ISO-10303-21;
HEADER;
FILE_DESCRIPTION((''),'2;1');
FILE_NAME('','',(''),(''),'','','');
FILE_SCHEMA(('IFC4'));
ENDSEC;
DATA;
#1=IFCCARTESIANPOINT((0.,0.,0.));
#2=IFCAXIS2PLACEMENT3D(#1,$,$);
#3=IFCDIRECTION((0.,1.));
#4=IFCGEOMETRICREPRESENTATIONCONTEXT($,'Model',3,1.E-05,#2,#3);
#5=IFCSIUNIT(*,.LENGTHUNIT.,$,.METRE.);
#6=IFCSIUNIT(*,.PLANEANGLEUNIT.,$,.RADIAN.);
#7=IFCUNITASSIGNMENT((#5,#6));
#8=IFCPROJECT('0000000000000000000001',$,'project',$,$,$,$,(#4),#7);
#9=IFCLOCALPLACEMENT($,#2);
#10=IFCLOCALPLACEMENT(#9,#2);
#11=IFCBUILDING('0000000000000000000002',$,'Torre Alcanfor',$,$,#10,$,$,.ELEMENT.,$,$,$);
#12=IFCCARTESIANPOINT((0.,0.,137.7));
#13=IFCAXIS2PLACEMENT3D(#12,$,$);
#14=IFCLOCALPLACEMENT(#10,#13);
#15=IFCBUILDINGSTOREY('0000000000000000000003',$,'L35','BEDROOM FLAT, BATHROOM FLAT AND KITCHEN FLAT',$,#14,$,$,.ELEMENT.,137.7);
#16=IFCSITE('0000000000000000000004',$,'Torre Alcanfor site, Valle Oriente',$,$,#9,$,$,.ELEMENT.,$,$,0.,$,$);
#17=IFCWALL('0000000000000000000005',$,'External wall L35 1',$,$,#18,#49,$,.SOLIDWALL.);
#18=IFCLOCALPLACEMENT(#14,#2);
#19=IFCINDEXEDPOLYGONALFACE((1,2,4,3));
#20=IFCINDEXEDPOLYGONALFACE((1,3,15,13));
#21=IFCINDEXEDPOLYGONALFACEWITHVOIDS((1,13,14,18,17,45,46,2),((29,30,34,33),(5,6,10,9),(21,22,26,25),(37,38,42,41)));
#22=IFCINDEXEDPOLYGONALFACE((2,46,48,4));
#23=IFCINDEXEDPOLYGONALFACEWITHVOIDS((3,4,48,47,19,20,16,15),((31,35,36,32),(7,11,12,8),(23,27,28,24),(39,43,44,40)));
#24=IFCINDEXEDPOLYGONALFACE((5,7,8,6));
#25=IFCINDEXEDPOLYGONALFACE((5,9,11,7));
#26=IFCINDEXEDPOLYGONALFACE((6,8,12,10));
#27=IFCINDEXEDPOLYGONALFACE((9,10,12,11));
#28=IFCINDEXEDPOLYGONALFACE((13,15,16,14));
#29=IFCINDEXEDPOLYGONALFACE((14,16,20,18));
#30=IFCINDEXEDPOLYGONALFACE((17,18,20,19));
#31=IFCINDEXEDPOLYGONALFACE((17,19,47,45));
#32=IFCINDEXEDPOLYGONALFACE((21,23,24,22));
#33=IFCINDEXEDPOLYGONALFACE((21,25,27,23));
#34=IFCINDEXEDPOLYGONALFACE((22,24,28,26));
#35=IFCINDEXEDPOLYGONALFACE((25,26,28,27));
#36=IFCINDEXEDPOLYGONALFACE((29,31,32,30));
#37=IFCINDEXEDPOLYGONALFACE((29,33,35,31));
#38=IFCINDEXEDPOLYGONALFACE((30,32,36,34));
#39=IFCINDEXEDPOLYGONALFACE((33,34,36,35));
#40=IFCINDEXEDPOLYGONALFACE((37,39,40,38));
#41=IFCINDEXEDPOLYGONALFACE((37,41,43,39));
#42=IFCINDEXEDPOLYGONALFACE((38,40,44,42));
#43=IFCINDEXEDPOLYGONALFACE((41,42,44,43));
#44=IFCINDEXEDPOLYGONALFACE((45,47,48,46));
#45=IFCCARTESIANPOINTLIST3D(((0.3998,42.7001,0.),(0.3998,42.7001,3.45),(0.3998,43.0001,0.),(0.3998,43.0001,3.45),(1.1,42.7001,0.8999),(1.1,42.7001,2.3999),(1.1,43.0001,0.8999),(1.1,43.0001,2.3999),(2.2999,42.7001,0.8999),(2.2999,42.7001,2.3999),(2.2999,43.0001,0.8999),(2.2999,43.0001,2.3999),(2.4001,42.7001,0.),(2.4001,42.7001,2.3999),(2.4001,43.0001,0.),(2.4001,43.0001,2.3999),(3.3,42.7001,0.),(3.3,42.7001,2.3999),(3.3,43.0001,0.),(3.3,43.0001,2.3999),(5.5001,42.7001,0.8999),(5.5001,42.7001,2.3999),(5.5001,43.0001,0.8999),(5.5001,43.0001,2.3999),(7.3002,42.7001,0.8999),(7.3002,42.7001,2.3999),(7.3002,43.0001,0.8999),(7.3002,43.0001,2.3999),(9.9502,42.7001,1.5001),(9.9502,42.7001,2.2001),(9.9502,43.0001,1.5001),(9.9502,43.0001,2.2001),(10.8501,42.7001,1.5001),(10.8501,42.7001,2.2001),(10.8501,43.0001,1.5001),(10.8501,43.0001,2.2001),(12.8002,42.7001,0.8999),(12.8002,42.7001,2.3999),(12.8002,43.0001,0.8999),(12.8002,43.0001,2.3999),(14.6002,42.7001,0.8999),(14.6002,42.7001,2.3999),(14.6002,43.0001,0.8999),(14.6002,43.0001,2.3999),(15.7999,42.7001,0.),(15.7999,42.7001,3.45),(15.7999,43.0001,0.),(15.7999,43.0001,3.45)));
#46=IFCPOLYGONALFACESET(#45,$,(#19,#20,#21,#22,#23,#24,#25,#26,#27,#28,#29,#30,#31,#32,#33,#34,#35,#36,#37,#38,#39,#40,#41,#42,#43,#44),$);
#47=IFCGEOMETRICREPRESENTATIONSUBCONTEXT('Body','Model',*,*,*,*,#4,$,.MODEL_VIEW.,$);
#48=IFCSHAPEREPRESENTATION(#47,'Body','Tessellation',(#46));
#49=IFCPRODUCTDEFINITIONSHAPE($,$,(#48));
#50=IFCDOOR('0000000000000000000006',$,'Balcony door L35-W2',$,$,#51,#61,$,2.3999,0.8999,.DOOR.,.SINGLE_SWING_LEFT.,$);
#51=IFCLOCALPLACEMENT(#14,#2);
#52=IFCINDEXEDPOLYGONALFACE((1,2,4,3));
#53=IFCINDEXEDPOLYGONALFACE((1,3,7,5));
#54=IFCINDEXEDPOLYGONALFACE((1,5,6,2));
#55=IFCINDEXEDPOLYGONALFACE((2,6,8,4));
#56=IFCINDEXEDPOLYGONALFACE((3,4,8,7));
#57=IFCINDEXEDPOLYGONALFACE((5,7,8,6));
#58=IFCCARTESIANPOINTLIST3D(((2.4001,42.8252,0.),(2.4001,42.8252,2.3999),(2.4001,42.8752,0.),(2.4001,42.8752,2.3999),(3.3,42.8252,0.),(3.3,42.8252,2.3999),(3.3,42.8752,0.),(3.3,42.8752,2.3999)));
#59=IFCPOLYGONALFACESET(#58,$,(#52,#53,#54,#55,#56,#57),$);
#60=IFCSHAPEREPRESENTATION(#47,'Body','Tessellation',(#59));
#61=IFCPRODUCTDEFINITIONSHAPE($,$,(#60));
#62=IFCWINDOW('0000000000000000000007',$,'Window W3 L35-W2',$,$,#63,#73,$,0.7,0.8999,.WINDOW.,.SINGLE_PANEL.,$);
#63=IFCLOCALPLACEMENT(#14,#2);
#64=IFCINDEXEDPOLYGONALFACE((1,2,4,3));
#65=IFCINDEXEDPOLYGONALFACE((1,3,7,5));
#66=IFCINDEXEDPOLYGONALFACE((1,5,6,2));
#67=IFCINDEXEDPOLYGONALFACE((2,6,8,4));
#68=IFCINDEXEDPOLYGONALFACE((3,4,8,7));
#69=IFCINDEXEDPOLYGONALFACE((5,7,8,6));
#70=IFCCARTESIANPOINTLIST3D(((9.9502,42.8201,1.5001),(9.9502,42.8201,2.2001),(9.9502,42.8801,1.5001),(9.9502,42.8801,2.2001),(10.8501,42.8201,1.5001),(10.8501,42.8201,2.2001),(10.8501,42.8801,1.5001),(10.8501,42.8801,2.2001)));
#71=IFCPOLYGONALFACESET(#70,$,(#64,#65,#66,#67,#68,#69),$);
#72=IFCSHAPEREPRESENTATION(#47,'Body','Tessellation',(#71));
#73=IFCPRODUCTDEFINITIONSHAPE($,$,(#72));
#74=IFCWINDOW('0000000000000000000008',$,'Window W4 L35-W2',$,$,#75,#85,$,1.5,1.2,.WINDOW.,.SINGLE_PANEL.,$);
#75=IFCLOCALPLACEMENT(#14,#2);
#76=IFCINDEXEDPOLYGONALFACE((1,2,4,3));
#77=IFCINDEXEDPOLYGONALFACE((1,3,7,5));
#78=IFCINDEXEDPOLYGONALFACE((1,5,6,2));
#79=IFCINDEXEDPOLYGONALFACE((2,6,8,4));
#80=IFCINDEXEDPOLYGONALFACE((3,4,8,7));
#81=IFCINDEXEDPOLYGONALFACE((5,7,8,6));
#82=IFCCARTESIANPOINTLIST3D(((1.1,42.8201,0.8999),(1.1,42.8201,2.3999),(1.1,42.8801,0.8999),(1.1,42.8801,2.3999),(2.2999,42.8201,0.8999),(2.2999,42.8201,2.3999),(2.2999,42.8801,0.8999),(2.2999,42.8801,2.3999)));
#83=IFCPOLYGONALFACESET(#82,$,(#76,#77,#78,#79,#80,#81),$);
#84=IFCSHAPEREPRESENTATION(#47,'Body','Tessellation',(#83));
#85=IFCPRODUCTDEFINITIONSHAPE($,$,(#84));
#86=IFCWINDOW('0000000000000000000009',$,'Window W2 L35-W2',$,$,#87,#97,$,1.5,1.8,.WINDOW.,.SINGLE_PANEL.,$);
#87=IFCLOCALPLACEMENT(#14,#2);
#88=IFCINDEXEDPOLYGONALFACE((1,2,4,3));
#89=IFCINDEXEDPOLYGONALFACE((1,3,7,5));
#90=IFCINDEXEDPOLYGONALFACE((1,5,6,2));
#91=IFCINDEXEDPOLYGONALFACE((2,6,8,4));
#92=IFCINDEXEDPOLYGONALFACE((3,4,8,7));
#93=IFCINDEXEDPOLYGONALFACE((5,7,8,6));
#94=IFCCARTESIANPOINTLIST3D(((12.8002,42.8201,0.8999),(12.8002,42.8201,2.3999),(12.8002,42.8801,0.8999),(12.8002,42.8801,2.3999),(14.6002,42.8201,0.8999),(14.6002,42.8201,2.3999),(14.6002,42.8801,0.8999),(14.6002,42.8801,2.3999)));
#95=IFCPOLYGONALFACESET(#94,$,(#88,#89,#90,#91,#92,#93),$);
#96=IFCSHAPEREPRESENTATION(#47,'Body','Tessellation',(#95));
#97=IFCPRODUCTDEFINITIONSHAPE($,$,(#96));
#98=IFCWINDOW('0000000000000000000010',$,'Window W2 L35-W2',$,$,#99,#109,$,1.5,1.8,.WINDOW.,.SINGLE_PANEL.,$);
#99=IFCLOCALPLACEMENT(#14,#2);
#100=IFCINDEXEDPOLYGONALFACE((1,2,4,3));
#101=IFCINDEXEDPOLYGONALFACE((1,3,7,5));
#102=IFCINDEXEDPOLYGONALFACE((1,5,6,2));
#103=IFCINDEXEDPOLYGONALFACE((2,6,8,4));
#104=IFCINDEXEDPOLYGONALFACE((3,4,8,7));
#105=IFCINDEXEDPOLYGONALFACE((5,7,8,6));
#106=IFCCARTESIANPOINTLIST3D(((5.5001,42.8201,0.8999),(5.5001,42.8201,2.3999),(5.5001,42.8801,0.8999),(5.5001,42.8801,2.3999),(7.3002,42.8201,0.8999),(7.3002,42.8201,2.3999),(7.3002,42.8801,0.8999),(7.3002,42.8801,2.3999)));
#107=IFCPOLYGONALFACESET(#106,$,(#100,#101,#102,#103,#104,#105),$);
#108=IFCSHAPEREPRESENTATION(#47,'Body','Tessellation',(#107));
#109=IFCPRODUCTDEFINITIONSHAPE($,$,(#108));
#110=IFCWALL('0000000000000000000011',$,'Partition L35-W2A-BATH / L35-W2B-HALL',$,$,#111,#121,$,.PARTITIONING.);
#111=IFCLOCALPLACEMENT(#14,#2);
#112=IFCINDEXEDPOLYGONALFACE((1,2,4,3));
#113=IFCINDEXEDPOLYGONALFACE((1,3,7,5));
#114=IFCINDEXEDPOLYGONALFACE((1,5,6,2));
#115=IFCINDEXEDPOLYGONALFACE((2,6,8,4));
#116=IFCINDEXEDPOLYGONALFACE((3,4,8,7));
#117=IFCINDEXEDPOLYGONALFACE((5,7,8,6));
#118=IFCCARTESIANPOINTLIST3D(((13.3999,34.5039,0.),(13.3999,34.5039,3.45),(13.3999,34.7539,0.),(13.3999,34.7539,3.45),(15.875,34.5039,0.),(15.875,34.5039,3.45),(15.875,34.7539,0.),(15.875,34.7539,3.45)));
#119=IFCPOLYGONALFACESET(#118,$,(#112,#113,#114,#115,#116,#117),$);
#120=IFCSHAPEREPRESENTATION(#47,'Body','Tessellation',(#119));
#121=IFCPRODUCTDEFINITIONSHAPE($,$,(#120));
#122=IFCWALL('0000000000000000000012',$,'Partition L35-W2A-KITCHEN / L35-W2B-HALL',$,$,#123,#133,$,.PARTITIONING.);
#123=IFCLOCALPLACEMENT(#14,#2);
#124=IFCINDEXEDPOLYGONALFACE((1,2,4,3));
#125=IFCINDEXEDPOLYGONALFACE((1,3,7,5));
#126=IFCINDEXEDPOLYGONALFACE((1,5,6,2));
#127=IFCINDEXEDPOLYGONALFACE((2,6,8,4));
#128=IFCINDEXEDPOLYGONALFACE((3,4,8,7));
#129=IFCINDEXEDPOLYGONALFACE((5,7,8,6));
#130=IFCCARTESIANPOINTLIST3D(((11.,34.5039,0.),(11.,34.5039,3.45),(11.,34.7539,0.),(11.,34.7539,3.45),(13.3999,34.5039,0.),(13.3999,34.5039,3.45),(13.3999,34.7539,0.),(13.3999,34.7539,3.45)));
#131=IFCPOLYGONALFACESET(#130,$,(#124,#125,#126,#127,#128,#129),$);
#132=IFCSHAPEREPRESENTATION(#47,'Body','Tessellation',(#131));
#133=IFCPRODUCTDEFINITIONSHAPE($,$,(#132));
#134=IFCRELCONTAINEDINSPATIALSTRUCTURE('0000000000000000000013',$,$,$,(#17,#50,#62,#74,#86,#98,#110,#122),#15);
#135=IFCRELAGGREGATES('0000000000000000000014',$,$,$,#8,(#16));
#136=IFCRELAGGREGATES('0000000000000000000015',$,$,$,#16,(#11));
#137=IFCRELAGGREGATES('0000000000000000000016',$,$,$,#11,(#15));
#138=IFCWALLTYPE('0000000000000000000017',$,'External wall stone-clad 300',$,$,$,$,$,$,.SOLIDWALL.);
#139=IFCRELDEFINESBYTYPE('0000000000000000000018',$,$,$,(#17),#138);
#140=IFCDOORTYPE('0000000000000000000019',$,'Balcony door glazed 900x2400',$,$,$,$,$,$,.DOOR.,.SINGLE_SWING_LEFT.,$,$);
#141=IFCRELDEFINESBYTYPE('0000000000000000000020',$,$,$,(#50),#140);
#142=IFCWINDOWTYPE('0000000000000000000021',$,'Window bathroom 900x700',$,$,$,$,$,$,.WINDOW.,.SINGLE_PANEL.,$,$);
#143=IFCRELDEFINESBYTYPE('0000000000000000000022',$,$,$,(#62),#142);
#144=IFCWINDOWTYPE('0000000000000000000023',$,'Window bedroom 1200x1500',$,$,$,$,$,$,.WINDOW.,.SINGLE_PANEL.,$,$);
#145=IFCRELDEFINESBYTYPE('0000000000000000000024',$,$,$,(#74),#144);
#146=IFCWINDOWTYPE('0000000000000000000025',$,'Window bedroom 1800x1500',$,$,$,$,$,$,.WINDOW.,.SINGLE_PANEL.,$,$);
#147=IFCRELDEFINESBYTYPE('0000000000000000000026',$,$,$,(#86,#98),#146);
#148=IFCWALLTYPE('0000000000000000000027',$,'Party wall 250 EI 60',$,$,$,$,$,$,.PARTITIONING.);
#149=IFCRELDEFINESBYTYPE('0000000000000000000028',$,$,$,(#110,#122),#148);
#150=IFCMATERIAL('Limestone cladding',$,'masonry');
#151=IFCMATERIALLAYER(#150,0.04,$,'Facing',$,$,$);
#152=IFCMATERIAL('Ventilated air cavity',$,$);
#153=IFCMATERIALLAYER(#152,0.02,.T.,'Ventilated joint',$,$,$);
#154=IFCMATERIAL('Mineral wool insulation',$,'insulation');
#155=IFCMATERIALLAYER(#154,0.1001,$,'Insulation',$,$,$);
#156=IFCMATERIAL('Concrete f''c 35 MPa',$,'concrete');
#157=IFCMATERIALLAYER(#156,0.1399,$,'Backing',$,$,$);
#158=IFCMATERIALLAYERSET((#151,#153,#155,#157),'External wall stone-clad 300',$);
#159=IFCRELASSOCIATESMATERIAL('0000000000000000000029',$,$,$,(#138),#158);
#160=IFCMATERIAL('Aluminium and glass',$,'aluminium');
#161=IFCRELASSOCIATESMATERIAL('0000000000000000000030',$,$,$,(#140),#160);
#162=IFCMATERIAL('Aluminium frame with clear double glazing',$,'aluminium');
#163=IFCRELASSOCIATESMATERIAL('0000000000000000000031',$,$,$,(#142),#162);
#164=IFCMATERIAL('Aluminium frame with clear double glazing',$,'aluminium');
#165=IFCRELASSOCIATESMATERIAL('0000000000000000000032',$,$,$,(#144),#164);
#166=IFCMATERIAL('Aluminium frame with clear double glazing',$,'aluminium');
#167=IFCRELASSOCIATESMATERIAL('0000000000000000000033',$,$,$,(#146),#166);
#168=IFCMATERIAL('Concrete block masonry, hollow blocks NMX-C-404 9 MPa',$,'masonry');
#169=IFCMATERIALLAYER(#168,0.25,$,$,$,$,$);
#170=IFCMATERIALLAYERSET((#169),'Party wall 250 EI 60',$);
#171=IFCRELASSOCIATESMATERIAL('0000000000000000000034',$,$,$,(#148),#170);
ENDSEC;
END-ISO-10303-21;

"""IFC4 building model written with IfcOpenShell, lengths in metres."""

from ifc_helpers import new_model, si_unit, direction, frame, frame_2d, origin, place, context, subcontext, project, spatial, rectangle, extrude, material, layer, layer_set, type_object, element, fill, save


model = new_model("IFC4")

# Units and contexts
model_context = context("Model", 3, precision=1e-05, world=origin(), true_north=direction((0.0, 1.0)))
body_context = subcontext(model_context, "Body", "Model", "MODEL_VIEW")
ifc_project = project(units=[si_unit("LENGTHUNIT", "METRE"), si_unit("PLANEANGLEUNIT", "RADIAN")], contexts=[model_context])

# Site, building, storey
site_placement = place(None, origin())
site = spatial("IfcSite", under=ifc_project, at=site_placement, Name="Torre Alcanfor site, Valle Oriente", CompositionType="ELEMENT", RefElevation=0.0)
building_placement = place(site_placement, origin())
building = spatial("IfcBuilding", under=site, at=building_placement, Name="Torre Alcanfor", CompositionType="ELEMENT")
storey_placement = place(building_placement, frame((0.0, 0.0, 137.7)))
storey = spatial("IfcBuildingStorey", under=building, at=storey_placement, Name="L35", Description="BEDROOM FLAT, BATHROOM FLAT AND KITCHEN FLAT", CompositionType="ELEMENT", Elevation=137.7)

# Wall, openings, door, windows
ifc_material_1 = material(Name="Limestone cladding", Category="masonry")
ifc_layer_1 = layer(ifc_material_1, 0.04, Name="Facing")
ifc_material_2 = material(Name="Ventilated air cavity")
ifc_layer_2 = layer(ifc_material_2, 0.02, ventilated=True, Name="Ventilated joint")
ifc_material_3 = material(Name="Mineral wool insulation", Category="insulation")
ifc_layer_3 = layer(ifc_material_3, 0.1001, Name="Insulation")
ifc_material_4 = material(Name="Concrete f'c 35 MPa", Category="concrete")
ifc_layer_4 = layer(ifc_material_4, 0.1399, Name="Backing")
ifc_layer_set_1 = layer_set([ifc_layer_1, ifc_layer_2, ifc_layer_3, ifc_layer_4], Name="External wall stone-clad 300")
wall_type_1 = type_object("IfcWallType", Name="External wall stone-clad 300", PredefinedType="SOLIDWALL", material=ifc_layer_set_1)
wall_1_placement = place(storey_placement, frame((15.8, 42.8501, 0.0), z_axis=(0.0, 0.0, 1.0), x_axis=(-1.0, 0.0, 0.0)))
wall_1 = element("IfcWall", 1, at=wall_1_placement, inside=storey, type_object=wall_type_1, Name="External wall L35 1", PredefinedType="SOLIDWALL", context=body_context, shape_type="SweptSolid", body=[
    extrude(rectangle(XDim=15.4001, YDim=0.3, at=frame_2d((7.7002, 0.0))), origin(), (0.0, 0.0, 1.0), 3.45),
])
opening_1_placement = place(wall_1_placement, frame((1.2, 0.0, 0.8999)))
opening_1 = element("IfcOpeningElement", 2, at=opening_1_placement, cuts=wall_1, PredefinedType="OPENING", context=body_context, shape_type="SweptSolid", body=[
    extrude(rectangle(XDim=1.8, YDim=1.5, at=frame_2d((0.8999, 0.75))), frame((0.0, 0.1599, 0.0), z_axis=(0.0, -1.0, 0.0), x_axis=(1.0, 0.0, 0.0)), (0.0, 0.0, 1.0), 0.3201),
])
opening_2_placement = place(wall_1_placement, frame((4.95, 0.0, 1.5)))
opening_2 = element("IfcOpeningElement", 3, at=opening_2_placement, cuts=wall_1, PredefinedType="OPENING", context=body_context, shape_type="SweptSolid", body=[
    extrude(rectangle(XDim=0.8999, YDim=0.7, at=frame_2d((0.45, 0.3501))), frame((0.0, 0.1599, 0.0), z_axis=(0.0, -1.0, 0.0), x_axis=(1.0, 0.0, 0.0)), (0.0, 0.0, 1.0), 0.3201),
])
opening_3_placement = place(wall_1_placement, frame((8.5, 0.0, 0.8999)))
opening_3 = element("IfcOpeningElement", 4, at=opening_3_placement, cuts=wall_1, PredefinedType="OPENING", context=body_context, shape_type="SweptSolid", body=[
    extrude(rectangle(XDim=1.8, YDim=1.5, at=frame_2d((0.8999, 0.75))), frame((0.0, 0.1599, 0.0), z_axis=(0.0, -1.0, 0.0), x_axis=(1.0, 0.0, 0.0)), (0.0, 0.0, 1.0), 0.3201),
])
opening_4_placement = place(wall_1_placement, frame((12.5, 0.0, 0.0)))
opening_4 = element("IfcOpeningElement", 5, at=opening_4_placement, cuts=wall_1, PredefinedType="OPENING", context=body_context, shape_type="SweptSolid", body=[
    extrude(rectangle(XDim=0.8999, YDim=2.3999, at=frame_2d((0.45, 1.2))), frame((0.0, 0.1599, 0.0), z_axis=(0.0, -1.0, 0.0), x_axis=(1.0, 0.0, 0.0)), (0.0, 0.0, 1.0), 0.3201),
])
opening_5_placement = place(wall_1_placement, frame((13.5, 0.0, 0.8999)))
opening_5 = element("IfcOpeningElement", 6, at=opening_5_placement, cuts=wall_1, PredefinedType="OPENING", context=body_context, shape_type="SweptSolid", body=[
    extrude(rectangle(XDim=1.2, YDim=1.5, at=frame_2d((0.6001, 0.75))), frame((0.0, 0.1599, 0.0), z_axis=(0.0, -1.0, 0.0), x_axis=(1.0, 0.0, 0.0)), (0.0, 0.0, 1.0), 0.3201),
])
ifc_material_5 = material(Name="Aluminium and glass", Category="aluminium")
door_type_1 = type_object("IfcDoorType", Name="Balcony door glazed 900x2400", OperationType="SINGLE_SWING_LEFT", PredefinedType="DOOR", material=ifc_material_5)
door_1_placement = place(opening_4_placement, origin())
door_1 = element("IfcDoor", 7, at=door_1_placement, inside=storey, type_object=door_type_1, Name="Balcony door L35-W2", OperationType="SINGLE_SWING_LEFT", OverallHeight=2.3999, OverallWidth=0.8999, PredefinedType="DOOR", context=body_context, shape_type="SweptSolid", body=[
    extrude(rectangle(XDim=0.8999, YDim=2.3999, at=frame_2d((0.45, 1.2))), frame((0.0, 0.0249, 0.0), z_axis=(0.0, -1.0, 0.0), x_axis=(1.0, 0.0, 0.0)), (0.0, 0.0, 1.0), 0.05),
])
fill(opening_4, door_1)
ifc_material_6 = material(Name="Aluminium frame with clear double glazing", Category="aluminium")
window_type_1 = type_object("IfcWindowType", Name="Window bathroom 900x700", PartitioningType="SINGLE_PANEL", PredefinedType="WINDOW", material=ifc_material_6)
window_1_placement = place(opening_2_placement, origin())
window_1 = element("IfcWindow", 8, at=window_1_placement, inside=storey, type_object=window_type_1, Name="Window W3 L35-W2", OverallHeight=0.7, OverallWidth=0.8999, PartitioningType="SINGLE_PANEL", PredefinedType="WINDOW", context=body_context, shape_type="SweptSolid", body=[
    extrude(rectangle(XDim=0.8999, YDim=0.7, at=frame_2d((0.45, 0.3501))), frame((0.0, 0.03, 0.0), z_axis=(0.0, -1.0, 0.0), x_axis=(1.0, 0.0, 0.0)), (0.0, 0.0, 1.0), 0.0601),
])
fill(opening_2, window_1)
ifc_material_7 = material(Name="Aluminium frame with clear double glazing", Category="aluminium")
window_type_2 = type_object("IfcWindowType", Name="Window bedroom 1200x1500", PartitioningType="SINGLE_PANEL", PredefinedType="WINDOW", material=ifc_material_7)
window_2_placement = place(opening_5_placement, origin())
window_2 = element("IfcWindow", 9, at=window_2_placement, inside=storey, type_object=window_type_2, Name="Window W4 L35-W2", OverallHeight=1.5, OverallWidth=1.2, PartitioningType="SINGLE_PANEL", PredefinedType="WINDOW", context=body_context, shape_type="SweptSolid", body=[
    extrude(rectangle(XDim=1.2, YDim=1.5, at=frame_2d((0.6001, 0.75))), frame((0.0, 0.03, 0.0), z_axis=(0.0, -1.0, 0.0), x_axis=(1.0, 0.0, 0.0)), (0.0, 0.0, 1.0), 0.0601),
])
fill(opening_5, window_2)
ifc_material_8 = material(Name="Aluminium frame with clear double glazing", Category="aluminium")
window_type_3 = type_object("IfcWindowType", Name="Window bedroom 1800x1500", PartitioningType="SINGLE_PANEL", PredefinedType="WINDOW", material=ifc_material_8)
window_3_placement = place(opening_1_placement, origin())
window_3 = element("IfcWindow", 10, at=window_3_placement, inside=storey, type_object=window_type_3, Name="Window W2 L35-W2", OverallHeight=1.5, OverallWidth=1.8, PartitioningType="SINGLE_PANEL", PredefinedType="WINDOW", context=body_context, shape_type="SweptSolid", body=[
    extrude(rectangle(XDim=1.8, YDim=1.5, at=frame_2d((0.8999, 0.75))), frame((0.0, 0.03, 0.0), z_axis=(0.0, -1.0, 0.0), x_axis=(1.0, 0.0, 0.0)), (0.0, 0.0, 1.0), 0.0601),
])
fill(opening_1, window_3)
window_4_placement = place(opening_3_placement, origin())
window_4 = element("IfcWindow", 11, at=window_4_placement, inside=storey, type_object=window_type_3, Name="Window W2 L35-W2", OverallHeight=1.5, OverallWidth=1.8, PartitioningType="SINGLE_PANEL", PredefinedType="WINDOW", context=body_context, shape_type="SweptSolid", body=[
    extrude(rectangle(XDim=1.8, YDim=1.5, at=frame_2d((0.8999, 0.75))), frame((0.0, 0.03, 0.0), z_axis=(0.0, -1.0, 0.0), x_axis=(1.0, 0.0, 0.0)), (0.0, 0.0, 1.0), 0.0601),
])
fill(opening_3, window_4)

# Walls
ifc_material_9 = material(Name="Concrete block masonry, hollow blocks NMX-C-404 9 MPa", Category="masonry")
ifc_layer_5 = layer(ifc_material_9, 0.25)
ifc_layer_set_2 = layer_set([ifc_layer_5], Name="Party wall 250 EI 60")
wall_type_2 = type_object("IfcWallType", Name="Party wall 250 EI 60", PredefinedType="PARTITIONING", material=ifc_layer_set_2)
wall_2_placement = place(storey_placement, frame((13.3999, 34.6289, 0.0), z_axis=(0.0, 0.0, 1.0), x_axis=(1.0, 0.0, 0.0)))
element("IfcWall", 12, at=wall_2_placement, inside=storey, type_object=wall_type_2, Name="Partition L35-W2A-BATH / L35-W2B-HALL", PredefinedType="PARTITIONING", context=body_context, shape_type="SweptSolid", body=[
    extrude(rectangle(XDim=2.4751, YDim=0.25, at=frame_2d((1.2375, 0.0))), origin(), (0.0, 0.0, 1.0), 3.45),
])
wall_3_placement = place(storey_placement, frame((11.0, 34.6289, 0.0), z_axis=(0.0, 0.0, 1.0), x_axis=(1.0, 0.0, 0.0)))
element("IfcWall", 13, at=wall_3_placement, inside=storey, type_object=wall_type_2, Name="Partition L35-W2A-KITCHEN / L35-W2B-HALL", PredefinedType="PARTITIONING", context=body_context, shape_type="SweptSolid", body=[
    extrude(rectangle(XDim=2.3999, YDim=0.25, at=frame_2d((1.2, 0.0))), origin(), (0.0, 0.0, 1.0), 3.45),
])

save(model, "model.ifc")
